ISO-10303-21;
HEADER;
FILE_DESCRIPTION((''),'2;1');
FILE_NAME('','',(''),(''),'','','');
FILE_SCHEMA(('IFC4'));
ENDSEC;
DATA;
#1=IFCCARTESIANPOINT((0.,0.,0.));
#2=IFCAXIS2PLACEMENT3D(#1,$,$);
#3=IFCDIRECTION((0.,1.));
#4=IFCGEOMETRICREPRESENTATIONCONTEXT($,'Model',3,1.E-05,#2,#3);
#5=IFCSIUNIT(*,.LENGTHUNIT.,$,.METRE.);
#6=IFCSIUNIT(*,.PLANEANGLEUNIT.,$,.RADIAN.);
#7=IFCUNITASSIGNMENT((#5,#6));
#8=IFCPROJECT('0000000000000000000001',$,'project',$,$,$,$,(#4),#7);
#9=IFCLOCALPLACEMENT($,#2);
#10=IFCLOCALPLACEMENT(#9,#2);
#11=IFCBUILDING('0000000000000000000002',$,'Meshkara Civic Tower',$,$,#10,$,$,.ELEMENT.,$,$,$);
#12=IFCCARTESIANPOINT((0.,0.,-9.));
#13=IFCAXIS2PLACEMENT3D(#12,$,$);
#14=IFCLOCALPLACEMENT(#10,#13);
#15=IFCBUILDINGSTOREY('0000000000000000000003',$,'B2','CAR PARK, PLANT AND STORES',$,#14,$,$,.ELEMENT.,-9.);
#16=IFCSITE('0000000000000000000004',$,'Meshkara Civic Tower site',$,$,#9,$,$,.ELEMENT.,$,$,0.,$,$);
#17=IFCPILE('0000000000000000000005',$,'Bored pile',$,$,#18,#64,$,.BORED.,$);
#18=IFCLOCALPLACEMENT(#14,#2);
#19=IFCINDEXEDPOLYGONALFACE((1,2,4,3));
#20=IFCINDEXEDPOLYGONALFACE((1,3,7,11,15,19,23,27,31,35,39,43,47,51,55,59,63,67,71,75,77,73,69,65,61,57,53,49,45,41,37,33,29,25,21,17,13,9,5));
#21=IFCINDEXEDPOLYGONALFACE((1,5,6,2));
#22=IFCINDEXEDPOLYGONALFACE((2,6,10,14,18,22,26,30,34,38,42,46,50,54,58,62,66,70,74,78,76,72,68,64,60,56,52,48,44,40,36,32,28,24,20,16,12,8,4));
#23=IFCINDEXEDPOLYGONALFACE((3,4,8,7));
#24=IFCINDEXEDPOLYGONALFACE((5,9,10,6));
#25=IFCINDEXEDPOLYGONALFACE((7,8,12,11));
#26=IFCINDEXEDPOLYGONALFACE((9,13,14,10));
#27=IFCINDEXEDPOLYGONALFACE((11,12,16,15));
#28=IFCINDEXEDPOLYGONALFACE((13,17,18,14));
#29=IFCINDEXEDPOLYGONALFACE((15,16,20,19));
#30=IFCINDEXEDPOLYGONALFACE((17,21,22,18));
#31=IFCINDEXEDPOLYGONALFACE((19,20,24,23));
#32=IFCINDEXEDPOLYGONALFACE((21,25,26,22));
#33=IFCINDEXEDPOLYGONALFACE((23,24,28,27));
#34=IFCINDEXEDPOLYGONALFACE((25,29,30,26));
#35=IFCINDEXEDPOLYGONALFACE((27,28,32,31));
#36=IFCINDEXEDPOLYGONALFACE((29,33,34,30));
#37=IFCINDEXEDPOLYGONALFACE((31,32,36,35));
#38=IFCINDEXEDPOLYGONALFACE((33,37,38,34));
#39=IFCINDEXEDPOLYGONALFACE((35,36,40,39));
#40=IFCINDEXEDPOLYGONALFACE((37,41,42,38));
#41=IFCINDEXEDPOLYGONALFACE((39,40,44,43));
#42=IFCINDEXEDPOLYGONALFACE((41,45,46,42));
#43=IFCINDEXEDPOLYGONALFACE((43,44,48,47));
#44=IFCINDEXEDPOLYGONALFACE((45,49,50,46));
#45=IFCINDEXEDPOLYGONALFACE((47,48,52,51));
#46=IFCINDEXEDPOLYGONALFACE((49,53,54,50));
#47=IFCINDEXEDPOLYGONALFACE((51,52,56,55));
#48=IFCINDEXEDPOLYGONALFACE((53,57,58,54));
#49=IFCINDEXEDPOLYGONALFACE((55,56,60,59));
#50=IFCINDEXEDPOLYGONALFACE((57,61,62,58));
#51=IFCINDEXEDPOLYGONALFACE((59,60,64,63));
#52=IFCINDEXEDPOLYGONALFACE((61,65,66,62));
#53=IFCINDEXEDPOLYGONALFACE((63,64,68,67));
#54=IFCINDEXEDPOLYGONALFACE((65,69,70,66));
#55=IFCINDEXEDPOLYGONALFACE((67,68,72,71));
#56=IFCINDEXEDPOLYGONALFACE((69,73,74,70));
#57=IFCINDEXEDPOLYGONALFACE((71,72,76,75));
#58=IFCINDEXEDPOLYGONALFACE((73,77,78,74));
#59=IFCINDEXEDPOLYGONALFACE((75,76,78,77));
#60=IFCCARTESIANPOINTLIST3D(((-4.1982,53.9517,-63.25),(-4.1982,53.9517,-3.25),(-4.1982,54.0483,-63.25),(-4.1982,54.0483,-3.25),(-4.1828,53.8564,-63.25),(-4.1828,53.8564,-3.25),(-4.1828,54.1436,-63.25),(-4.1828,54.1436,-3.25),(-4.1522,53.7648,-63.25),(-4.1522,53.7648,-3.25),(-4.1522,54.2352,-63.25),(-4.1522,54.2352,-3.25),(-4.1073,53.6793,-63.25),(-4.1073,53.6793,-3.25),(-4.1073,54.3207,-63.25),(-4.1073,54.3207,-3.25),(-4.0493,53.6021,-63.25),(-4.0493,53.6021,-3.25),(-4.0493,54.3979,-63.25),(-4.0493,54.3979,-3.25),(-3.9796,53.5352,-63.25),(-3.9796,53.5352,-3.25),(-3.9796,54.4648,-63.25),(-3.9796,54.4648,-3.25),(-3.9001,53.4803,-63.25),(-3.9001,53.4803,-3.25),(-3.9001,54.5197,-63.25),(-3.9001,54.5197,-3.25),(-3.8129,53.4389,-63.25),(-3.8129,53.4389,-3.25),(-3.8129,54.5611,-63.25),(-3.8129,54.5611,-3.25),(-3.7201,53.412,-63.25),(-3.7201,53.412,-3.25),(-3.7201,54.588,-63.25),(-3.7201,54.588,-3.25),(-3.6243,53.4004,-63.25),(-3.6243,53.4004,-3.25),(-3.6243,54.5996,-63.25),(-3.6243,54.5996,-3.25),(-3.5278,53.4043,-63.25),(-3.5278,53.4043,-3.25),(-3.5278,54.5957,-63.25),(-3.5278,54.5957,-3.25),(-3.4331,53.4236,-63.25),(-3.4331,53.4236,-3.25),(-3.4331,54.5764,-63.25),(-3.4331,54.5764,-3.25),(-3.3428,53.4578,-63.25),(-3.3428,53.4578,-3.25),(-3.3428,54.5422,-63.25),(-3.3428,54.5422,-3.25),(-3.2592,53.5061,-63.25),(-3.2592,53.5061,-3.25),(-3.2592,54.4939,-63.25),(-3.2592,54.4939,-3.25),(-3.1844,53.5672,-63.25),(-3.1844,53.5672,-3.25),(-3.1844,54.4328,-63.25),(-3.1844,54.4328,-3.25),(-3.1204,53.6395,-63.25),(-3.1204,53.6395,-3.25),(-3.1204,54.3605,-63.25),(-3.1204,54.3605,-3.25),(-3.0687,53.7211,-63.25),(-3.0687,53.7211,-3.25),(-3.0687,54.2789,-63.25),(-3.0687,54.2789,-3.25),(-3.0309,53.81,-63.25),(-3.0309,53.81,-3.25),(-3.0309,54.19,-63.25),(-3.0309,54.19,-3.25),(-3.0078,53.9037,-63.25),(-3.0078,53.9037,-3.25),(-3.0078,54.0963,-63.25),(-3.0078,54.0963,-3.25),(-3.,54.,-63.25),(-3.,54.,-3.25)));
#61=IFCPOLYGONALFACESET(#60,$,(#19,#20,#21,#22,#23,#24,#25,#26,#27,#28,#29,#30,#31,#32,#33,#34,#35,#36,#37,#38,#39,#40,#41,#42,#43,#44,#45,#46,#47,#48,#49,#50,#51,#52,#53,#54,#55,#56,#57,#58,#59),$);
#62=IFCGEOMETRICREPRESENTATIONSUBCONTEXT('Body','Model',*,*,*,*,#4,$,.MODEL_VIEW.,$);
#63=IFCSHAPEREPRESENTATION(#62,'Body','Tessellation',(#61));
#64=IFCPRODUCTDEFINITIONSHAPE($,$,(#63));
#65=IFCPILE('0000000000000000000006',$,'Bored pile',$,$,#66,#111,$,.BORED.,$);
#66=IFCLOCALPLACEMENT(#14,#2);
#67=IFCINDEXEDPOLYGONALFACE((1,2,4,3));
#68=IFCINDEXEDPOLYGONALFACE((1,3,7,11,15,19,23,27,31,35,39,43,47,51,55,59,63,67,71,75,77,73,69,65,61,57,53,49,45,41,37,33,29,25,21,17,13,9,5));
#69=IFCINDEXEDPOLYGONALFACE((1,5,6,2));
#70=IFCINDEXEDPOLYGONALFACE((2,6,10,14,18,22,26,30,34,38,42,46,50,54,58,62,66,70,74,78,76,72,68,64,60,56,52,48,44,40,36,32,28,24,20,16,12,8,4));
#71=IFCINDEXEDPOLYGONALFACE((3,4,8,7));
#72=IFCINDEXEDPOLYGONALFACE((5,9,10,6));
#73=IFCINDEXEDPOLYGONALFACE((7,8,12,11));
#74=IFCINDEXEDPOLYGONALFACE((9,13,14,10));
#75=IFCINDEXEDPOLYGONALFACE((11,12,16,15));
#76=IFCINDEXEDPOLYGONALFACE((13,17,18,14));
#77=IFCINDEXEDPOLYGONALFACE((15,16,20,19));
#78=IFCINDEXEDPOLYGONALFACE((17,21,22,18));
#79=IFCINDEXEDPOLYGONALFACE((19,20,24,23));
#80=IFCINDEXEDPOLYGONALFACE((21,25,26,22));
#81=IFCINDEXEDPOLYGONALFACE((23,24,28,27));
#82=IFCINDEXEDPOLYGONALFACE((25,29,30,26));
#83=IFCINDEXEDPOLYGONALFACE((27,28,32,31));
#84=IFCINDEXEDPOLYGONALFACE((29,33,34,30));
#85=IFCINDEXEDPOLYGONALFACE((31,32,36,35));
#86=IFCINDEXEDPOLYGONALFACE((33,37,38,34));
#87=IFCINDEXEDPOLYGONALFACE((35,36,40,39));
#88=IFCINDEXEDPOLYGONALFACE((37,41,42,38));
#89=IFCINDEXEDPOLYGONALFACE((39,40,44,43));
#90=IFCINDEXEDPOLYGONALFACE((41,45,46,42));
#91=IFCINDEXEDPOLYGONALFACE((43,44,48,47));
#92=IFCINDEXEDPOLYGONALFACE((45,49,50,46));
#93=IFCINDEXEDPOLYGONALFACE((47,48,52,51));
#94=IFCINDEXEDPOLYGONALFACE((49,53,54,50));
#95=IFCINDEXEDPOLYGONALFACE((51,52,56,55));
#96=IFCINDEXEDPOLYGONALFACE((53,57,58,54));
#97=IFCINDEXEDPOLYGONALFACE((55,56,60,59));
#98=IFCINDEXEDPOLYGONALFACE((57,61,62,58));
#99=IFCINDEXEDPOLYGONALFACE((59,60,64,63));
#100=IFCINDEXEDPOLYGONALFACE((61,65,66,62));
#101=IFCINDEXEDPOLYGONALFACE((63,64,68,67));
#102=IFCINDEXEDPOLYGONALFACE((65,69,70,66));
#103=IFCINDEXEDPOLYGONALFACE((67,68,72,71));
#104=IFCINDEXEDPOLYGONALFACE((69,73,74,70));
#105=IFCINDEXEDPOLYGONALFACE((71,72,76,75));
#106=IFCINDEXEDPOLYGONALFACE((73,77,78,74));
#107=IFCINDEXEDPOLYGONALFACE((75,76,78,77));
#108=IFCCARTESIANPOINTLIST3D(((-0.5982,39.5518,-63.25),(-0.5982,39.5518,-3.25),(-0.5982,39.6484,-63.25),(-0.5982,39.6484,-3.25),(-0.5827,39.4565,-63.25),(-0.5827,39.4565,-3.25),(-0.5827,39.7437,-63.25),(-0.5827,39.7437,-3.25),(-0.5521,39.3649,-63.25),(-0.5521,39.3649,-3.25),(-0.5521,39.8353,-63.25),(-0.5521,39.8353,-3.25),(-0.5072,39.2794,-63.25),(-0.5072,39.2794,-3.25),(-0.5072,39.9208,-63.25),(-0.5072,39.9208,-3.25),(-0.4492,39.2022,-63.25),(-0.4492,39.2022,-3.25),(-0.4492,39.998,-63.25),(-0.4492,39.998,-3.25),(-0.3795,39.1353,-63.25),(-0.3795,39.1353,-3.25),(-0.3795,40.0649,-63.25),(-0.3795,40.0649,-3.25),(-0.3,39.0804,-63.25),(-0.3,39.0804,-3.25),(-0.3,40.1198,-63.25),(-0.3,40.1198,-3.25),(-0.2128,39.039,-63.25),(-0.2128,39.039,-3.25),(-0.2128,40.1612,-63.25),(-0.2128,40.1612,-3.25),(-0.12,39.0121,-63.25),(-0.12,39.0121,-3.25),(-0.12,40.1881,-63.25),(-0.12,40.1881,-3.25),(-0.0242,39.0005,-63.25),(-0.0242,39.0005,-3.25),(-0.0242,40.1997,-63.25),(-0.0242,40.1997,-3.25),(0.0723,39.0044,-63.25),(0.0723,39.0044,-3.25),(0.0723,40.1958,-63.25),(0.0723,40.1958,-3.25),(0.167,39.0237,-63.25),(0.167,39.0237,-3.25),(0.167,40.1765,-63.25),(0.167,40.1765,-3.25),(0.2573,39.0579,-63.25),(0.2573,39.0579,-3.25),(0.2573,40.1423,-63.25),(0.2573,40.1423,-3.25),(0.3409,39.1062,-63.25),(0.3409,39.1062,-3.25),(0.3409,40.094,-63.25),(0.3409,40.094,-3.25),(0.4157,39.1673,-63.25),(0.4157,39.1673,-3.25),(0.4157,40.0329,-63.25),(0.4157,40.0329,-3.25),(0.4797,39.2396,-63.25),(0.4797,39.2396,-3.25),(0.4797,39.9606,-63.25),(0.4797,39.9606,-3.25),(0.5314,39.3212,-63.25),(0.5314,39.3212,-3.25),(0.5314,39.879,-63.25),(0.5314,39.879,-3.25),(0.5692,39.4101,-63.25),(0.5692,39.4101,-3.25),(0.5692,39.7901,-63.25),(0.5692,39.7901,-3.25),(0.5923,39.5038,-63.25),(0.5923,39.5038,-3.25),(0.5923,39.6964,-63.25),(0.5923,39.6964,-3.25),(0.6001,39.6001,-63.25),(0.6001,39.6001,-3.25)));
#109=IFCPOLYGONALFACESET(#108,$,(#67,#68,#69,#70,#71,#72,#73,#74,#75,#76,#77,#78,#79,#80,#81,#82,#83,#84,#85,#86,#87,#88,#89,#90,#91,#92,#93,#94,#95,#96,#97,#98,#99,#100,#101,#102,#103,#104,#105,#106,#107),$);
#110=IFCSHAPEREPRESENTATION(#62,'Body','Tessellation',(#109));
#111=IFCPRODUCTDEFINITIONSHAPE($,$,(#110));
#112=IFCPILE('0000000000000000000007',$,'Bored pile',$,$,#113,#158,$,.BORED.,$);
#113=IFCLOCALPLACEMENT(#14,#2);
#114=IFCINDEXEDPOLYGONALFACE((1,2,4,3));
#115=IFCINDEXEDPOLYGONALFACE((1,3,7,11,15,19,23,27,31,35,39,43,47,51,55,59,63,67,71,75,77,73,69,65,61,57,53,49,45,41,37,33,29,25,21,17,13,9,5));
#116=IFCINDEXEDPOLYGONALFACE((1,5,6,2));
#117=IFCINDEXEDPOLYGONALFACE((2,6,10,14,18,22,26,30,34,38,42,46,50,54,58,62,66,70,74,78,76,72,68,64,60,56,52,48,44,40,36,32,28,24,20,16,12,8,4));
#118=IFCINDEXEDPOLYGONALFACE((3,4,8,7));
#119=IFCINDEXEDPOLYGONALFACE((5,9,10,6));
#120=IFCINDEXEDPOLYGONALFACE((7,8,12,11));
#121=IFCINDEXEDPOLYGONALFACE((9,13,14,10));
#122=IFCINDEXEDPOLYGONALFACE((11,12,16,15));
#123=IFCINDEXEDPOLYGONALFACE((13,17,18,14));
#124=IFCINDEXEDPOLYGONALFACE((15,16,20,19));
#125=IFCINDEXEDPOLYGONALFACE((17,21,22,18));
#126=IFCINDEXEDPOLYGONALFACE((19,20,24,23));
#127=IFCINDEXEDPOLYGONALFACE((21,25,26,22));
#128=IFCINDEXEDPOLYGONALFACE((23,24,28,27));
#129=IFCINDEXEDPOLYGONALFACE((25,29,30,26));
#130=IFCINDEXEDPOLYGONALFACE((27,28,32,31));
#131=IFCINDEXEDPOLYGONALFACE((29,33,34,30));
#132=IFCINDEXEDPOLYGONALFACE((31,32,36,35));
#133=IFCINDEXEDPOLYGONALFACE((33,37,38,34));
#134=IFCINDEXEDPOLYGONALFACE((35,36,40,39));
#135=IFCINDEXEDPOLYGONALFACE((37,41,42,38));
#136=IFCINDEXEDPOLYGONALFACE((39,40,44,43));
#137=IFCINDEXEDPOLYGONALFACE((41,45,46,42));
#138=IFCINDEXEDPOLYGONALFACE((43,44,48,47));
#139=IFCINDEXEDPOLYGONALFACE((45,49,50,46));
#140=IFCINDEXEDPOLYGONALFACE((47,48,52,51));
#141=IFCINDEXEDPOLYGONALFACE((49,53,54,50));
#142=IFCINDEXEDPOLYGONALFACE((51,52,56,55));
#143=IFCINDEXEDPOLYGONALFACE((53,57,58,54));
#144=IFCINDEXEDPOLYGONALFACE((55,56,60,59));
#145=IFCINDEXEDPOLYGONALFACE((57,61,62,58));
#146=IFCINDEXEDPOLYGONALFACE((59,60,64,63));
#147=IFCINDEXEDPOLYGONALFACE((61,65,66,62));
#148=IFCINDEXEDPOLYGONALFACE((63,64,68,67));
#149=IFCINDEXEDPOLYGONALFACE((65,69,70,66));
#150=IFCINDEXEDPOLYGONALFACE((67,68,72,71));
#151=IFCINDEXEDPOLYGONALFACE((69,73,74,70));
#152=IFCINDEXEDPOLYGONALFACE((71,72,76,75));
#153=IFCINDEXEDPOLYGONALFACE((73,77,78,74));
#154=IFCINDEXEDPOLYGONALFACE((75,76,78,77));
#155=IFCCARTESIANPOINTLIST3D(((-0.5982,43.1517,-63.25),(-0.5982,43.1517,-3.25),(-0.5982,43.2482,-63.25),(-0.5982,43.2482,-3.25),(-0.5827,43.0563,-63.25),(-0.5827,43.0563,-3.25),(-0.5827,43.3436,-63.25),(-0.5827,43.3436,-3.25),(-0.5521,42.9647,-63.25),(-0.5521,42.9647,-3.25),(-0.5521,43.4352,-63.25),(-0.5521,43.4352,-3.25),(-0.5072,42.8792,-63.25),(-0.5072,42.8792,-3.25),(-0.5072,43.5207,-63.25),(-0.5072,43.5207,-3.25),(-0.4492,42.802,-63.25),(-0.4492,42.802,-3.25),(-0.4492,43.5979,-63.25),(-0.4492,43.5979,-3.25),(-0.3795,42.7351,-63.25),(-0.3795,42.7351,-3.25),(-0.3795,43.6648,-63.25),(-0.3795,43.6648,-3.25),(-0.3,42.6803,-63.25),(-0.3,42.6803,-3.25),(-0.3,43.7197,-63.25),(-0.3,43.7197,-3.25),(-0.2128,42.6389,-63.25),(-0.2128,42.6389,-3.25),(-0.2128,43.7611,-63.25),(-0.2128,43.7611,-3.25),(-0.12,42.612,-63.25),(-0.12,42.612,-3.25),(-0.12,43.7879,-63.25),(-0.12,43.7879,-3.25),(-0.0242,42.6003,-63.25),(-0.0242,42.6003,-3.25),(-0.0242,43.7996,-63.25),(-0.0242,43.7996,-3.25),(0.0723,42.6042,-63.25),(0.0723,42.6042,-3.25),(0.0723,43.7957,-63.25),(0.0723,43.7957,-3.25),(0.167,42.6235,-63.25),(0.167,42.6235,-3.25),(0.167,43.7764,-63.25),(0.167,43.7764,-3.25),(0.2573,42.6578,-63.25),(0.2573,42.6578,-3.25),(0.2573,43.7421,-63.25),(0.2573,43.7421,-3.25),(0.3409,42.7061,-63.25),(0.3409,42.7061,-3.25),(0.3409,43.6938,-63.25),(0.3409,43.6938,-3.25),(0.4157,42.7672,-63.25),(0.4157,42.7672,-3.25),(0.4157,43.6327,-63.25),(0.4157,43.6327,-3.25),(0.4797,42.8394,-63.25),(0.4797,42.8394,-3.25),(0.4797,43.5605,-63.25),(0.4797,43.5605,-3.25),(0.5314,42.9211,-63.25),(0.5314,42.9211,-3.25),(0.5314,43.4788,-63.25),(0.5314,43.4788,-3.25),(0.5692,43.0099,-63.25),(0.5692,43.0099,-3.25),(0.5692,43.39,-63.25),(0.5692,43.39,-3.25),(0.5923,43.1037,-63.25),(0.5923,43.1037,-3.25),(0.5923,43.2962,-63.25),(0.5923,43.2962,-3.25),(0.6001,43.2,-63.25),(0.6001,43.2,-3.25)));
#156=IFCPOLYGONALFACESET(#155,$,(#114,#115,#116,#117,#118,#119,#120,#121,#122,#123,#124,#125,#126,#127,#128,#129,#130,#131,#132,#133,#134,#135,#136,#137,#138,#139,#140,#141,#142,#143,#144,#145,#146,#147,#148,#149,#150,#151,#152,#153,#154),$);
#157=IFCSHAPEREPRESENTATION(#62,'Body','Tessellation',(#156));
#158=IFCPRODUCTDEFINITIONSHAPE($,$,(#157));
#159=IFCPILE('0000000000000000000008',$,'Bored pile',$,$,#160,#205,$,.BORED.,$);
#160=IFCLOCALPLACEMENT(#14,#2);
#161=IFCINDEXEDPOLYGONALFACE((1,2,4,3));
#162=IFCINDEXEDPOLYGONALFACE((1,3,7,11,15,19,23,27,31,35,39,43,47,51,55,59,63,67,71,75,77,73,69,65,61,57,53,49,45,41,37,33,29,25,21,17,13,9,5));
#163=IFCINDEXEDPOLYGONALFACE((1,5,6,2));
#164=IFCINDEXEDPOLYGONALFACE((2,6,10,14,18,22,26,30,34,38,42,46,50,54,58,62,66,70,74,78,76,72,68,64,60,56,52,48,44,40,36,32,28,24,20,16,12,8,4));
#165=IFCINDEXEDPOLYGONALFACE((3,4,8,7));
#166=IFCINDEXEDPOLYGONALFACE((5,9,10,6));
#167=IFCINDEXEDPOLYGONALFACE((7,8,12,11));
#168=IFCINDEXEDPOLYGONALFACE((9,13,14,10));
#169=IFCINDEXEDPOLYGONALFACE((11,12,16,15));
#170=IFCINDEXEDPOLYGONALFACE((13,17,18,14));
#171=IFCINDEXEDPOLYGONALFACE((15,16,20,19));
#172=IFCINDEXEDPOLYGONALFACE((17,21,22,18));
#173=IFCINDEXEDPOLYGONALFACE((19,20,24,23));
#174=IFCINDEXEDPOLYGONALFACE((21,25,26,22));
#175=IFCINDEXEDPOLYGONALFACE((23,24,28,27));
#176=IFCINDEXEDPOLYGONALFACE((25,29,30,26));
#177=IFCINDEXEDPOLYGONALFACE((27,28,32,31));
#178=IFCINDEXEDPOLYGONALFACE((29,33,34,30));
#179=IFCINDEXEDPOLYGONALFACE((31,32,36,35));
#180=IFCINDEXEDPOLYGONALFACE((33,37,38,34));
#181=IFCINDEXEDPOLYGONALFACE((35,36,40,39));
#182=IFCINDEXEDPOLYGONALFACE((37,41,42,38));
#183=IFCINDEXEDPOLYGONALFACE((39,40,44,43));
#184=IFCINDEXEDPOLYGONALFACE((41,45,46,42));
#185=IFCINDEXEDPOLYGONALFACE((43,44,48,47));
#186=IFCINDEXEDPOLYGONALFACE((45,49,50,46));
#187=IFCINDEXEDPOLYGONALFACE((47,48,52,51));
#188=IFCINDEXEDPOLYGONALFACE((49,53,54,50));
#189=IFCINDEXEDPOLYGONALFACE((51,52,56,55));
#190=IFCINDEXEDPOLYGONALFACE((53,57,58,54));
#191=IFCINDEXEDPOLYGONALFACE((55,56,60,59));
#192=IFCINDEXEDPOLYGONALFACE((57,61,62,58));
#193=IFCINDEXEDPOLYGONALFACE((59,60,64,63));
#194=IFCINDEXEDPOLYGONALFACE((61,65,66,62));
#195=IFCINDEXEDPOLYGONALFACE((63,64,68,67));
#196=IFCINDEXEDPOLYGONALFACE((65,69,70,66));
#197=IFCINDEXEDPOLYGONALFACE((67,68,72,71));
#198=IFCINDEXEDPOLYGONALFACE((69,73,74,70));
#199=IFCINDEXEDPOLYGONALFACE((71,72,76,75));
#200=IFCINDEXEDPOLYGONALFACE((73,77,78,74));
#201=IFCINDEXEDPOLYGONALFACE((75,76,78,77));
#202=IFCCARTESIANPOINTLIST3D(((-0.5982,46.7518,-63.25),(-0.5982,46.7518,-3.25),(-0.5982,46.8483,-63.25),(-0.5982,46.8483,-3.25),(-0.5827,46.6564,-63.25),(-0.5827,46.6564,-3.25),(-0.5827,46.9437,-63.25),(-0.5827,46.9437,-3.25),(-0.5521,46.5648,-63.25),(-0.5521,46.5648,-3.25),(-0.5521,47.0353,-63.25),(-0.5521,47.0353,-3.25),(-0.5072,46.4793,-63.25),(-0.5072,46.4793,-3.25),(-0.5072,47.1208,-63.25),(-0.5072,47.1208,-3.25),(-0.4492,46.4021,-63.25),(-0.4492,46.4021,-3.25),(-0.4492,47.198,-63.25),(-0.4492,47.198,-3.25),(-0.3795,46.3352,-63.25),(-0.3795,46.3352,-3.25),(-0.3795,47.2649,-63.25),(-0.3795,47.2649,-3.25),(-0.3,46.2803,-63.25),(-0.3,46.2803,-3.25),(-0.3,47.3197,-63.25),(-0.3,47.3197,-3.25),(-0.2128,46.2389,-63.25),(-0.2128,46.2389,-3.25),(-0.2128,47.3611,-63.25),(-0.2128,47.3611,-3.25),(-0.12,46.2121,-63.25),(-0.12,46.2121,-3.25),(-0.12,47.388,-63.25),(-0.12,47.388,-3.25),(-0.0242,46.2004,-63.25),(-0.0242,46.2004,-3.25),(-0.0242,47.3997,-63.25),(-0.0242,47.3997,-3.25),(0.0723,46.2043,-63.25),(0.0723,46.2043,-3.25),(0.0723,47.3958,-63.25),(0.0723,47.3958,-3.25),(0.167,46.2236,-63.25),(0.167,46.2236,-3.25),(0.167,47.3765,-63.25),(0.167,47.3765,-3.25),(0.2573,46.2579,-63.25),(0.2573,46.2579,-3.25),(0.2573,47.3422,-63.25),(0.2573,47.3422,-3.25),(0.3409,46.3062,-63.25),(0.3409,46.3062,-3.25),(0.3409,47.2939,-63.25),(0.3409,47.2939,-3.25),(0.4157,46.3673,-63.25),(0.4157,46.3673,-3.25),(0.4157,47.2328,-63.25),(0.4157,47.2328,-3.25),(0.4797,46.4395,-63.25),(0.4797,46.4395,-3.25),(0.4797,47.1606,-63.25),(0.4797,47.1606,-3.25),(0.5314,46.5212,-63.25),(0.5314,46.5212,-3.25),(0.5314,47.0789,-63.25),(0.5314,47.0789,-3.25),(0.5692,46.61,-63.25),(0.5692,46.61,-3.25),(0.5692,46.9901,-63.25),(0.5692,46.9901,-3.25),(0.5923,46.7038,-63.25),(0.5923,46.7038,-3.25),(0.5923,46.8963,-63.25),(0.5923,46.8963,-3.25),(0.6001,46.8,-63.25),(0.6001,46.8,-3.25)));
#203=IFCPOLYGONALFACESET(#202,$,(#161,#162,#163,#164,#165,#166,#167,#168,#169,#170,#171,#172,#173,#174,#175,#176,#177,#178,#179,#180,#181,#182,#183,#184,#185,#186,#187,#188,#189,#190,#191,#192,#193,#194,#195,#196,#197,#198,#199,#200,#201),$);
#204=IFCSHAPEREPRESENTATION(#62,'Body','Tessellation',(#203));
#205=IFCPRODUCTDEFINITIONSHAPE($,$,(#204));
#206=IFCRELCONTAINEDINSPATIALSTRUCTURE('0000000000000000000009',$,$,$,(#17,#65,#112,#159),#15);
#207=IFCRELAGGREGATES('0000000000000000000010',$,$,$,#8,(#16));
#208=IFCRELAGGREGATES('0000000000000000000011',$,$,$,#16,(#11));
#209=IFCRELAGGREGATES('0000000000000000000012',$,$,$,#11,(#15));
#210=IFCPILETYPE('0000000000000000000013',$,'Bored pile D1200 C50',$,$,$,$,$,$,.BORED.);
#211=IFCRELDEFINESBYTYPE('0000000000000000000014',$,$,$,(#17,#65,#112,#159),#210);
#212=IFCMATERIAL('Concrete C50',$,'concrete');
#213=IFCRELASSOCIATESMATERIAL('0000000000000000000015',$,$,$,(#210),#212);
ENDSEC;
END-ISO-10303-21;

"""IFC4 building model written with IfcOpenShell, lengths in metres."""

from ifc_helpers import new_model, si_unit, direction, frame, origin, origin_2d, place, context, subcontext, project, spatial, circle, extrude, material, material_profile, profile_set, type_object, element, save


model = new_model("IFC4")

# Units and contexts
model_context = context("Model", 3, precision=1e-05, world=origin(), true_north=direction((0.0, 1.0)))
body_context = subcontext(model_context, "Body", "Model", "MODEL_VIEW")
ifc_project = project(units=[si_unit("LENGTHUNIT", "METRE"), si_unit("PLANEANGLEUNIT", "RADIAN")], contexts=[model_context])

# Site, building, storey
site_placement = place(None, origin())
site = spatial("IfcSite", under=ifc_project, at=site_placement, Name="Meshkara Civic Tower site", CompositionType="ELEMENT", RefElevation=0.0)
building_placement = place(site_placement, origin())
building = spatial("IfcBuilding", under=site, at=building_placement, Name="Meshkara Civic Tower", CompositionType="ELEMENT")
storey_placement = place(building_placement, frame((0.0, 0.0, -9.0)))
storey = spatial("IfcBuildingStorey", under=building, at=storey_placement, Name="B2", Description="CAR PARK, PLANT AND STORES", CompositionType="ELEMENT", Elevation=-9.0)

# Piles
ifc_material_1 = material(Name="Concrete C50", Category="concrete")
ifc_material_profile_1 = material_profile(ifc_material_1, circle(Radius=0.6001, at=origin_2d()))
ifc_profile_set_1 = profile_set([ifc_material_profile_1], Name="Concrete C50")
pile_type = type_object("IfcPileType", Name="Bored pile D1200 C50", PredefinedType="BORED", material=ifc_profile_set_1)
for number, where, z_axis, x_axis, name in (
    (1, (-3.6001, 54.0, -3.25), (0.0, 0.0, -1.0), (1.0, 0.0, 0.0), "Bored pile"),
    (2, (0.0, 39.6001, -3.25), (0.0, 0.0, -1.0), (1.0, 0.0, 0.0), "Bored pile"),
    (3, (0.0, 43.2, -3.25), (0.0, 0.0, -1.0), (1.0, 0.0, 0.0), "Bored pile"),
    (4, (0.0, 46.8, -3.25), (0.0, 0.0, -1.0), (1.0, 0.0, 0.0), "Bored pile"),
):
    element("IfcPile", number, at=place(storey_placement, frame(where, z_axis=z_axis, x_axis=x_axis)), inside=storey, type_object=pile_type, Name=name, PredefinedType="BORED", context=body_context, shape_type="SweptSolid", body=[
        extrude(circle(Radius=0.6001, at=origin_2d()), origin(), (0.0, 0.0, 1.0), 60.0),
    ])

save(model, "model.ifc")
